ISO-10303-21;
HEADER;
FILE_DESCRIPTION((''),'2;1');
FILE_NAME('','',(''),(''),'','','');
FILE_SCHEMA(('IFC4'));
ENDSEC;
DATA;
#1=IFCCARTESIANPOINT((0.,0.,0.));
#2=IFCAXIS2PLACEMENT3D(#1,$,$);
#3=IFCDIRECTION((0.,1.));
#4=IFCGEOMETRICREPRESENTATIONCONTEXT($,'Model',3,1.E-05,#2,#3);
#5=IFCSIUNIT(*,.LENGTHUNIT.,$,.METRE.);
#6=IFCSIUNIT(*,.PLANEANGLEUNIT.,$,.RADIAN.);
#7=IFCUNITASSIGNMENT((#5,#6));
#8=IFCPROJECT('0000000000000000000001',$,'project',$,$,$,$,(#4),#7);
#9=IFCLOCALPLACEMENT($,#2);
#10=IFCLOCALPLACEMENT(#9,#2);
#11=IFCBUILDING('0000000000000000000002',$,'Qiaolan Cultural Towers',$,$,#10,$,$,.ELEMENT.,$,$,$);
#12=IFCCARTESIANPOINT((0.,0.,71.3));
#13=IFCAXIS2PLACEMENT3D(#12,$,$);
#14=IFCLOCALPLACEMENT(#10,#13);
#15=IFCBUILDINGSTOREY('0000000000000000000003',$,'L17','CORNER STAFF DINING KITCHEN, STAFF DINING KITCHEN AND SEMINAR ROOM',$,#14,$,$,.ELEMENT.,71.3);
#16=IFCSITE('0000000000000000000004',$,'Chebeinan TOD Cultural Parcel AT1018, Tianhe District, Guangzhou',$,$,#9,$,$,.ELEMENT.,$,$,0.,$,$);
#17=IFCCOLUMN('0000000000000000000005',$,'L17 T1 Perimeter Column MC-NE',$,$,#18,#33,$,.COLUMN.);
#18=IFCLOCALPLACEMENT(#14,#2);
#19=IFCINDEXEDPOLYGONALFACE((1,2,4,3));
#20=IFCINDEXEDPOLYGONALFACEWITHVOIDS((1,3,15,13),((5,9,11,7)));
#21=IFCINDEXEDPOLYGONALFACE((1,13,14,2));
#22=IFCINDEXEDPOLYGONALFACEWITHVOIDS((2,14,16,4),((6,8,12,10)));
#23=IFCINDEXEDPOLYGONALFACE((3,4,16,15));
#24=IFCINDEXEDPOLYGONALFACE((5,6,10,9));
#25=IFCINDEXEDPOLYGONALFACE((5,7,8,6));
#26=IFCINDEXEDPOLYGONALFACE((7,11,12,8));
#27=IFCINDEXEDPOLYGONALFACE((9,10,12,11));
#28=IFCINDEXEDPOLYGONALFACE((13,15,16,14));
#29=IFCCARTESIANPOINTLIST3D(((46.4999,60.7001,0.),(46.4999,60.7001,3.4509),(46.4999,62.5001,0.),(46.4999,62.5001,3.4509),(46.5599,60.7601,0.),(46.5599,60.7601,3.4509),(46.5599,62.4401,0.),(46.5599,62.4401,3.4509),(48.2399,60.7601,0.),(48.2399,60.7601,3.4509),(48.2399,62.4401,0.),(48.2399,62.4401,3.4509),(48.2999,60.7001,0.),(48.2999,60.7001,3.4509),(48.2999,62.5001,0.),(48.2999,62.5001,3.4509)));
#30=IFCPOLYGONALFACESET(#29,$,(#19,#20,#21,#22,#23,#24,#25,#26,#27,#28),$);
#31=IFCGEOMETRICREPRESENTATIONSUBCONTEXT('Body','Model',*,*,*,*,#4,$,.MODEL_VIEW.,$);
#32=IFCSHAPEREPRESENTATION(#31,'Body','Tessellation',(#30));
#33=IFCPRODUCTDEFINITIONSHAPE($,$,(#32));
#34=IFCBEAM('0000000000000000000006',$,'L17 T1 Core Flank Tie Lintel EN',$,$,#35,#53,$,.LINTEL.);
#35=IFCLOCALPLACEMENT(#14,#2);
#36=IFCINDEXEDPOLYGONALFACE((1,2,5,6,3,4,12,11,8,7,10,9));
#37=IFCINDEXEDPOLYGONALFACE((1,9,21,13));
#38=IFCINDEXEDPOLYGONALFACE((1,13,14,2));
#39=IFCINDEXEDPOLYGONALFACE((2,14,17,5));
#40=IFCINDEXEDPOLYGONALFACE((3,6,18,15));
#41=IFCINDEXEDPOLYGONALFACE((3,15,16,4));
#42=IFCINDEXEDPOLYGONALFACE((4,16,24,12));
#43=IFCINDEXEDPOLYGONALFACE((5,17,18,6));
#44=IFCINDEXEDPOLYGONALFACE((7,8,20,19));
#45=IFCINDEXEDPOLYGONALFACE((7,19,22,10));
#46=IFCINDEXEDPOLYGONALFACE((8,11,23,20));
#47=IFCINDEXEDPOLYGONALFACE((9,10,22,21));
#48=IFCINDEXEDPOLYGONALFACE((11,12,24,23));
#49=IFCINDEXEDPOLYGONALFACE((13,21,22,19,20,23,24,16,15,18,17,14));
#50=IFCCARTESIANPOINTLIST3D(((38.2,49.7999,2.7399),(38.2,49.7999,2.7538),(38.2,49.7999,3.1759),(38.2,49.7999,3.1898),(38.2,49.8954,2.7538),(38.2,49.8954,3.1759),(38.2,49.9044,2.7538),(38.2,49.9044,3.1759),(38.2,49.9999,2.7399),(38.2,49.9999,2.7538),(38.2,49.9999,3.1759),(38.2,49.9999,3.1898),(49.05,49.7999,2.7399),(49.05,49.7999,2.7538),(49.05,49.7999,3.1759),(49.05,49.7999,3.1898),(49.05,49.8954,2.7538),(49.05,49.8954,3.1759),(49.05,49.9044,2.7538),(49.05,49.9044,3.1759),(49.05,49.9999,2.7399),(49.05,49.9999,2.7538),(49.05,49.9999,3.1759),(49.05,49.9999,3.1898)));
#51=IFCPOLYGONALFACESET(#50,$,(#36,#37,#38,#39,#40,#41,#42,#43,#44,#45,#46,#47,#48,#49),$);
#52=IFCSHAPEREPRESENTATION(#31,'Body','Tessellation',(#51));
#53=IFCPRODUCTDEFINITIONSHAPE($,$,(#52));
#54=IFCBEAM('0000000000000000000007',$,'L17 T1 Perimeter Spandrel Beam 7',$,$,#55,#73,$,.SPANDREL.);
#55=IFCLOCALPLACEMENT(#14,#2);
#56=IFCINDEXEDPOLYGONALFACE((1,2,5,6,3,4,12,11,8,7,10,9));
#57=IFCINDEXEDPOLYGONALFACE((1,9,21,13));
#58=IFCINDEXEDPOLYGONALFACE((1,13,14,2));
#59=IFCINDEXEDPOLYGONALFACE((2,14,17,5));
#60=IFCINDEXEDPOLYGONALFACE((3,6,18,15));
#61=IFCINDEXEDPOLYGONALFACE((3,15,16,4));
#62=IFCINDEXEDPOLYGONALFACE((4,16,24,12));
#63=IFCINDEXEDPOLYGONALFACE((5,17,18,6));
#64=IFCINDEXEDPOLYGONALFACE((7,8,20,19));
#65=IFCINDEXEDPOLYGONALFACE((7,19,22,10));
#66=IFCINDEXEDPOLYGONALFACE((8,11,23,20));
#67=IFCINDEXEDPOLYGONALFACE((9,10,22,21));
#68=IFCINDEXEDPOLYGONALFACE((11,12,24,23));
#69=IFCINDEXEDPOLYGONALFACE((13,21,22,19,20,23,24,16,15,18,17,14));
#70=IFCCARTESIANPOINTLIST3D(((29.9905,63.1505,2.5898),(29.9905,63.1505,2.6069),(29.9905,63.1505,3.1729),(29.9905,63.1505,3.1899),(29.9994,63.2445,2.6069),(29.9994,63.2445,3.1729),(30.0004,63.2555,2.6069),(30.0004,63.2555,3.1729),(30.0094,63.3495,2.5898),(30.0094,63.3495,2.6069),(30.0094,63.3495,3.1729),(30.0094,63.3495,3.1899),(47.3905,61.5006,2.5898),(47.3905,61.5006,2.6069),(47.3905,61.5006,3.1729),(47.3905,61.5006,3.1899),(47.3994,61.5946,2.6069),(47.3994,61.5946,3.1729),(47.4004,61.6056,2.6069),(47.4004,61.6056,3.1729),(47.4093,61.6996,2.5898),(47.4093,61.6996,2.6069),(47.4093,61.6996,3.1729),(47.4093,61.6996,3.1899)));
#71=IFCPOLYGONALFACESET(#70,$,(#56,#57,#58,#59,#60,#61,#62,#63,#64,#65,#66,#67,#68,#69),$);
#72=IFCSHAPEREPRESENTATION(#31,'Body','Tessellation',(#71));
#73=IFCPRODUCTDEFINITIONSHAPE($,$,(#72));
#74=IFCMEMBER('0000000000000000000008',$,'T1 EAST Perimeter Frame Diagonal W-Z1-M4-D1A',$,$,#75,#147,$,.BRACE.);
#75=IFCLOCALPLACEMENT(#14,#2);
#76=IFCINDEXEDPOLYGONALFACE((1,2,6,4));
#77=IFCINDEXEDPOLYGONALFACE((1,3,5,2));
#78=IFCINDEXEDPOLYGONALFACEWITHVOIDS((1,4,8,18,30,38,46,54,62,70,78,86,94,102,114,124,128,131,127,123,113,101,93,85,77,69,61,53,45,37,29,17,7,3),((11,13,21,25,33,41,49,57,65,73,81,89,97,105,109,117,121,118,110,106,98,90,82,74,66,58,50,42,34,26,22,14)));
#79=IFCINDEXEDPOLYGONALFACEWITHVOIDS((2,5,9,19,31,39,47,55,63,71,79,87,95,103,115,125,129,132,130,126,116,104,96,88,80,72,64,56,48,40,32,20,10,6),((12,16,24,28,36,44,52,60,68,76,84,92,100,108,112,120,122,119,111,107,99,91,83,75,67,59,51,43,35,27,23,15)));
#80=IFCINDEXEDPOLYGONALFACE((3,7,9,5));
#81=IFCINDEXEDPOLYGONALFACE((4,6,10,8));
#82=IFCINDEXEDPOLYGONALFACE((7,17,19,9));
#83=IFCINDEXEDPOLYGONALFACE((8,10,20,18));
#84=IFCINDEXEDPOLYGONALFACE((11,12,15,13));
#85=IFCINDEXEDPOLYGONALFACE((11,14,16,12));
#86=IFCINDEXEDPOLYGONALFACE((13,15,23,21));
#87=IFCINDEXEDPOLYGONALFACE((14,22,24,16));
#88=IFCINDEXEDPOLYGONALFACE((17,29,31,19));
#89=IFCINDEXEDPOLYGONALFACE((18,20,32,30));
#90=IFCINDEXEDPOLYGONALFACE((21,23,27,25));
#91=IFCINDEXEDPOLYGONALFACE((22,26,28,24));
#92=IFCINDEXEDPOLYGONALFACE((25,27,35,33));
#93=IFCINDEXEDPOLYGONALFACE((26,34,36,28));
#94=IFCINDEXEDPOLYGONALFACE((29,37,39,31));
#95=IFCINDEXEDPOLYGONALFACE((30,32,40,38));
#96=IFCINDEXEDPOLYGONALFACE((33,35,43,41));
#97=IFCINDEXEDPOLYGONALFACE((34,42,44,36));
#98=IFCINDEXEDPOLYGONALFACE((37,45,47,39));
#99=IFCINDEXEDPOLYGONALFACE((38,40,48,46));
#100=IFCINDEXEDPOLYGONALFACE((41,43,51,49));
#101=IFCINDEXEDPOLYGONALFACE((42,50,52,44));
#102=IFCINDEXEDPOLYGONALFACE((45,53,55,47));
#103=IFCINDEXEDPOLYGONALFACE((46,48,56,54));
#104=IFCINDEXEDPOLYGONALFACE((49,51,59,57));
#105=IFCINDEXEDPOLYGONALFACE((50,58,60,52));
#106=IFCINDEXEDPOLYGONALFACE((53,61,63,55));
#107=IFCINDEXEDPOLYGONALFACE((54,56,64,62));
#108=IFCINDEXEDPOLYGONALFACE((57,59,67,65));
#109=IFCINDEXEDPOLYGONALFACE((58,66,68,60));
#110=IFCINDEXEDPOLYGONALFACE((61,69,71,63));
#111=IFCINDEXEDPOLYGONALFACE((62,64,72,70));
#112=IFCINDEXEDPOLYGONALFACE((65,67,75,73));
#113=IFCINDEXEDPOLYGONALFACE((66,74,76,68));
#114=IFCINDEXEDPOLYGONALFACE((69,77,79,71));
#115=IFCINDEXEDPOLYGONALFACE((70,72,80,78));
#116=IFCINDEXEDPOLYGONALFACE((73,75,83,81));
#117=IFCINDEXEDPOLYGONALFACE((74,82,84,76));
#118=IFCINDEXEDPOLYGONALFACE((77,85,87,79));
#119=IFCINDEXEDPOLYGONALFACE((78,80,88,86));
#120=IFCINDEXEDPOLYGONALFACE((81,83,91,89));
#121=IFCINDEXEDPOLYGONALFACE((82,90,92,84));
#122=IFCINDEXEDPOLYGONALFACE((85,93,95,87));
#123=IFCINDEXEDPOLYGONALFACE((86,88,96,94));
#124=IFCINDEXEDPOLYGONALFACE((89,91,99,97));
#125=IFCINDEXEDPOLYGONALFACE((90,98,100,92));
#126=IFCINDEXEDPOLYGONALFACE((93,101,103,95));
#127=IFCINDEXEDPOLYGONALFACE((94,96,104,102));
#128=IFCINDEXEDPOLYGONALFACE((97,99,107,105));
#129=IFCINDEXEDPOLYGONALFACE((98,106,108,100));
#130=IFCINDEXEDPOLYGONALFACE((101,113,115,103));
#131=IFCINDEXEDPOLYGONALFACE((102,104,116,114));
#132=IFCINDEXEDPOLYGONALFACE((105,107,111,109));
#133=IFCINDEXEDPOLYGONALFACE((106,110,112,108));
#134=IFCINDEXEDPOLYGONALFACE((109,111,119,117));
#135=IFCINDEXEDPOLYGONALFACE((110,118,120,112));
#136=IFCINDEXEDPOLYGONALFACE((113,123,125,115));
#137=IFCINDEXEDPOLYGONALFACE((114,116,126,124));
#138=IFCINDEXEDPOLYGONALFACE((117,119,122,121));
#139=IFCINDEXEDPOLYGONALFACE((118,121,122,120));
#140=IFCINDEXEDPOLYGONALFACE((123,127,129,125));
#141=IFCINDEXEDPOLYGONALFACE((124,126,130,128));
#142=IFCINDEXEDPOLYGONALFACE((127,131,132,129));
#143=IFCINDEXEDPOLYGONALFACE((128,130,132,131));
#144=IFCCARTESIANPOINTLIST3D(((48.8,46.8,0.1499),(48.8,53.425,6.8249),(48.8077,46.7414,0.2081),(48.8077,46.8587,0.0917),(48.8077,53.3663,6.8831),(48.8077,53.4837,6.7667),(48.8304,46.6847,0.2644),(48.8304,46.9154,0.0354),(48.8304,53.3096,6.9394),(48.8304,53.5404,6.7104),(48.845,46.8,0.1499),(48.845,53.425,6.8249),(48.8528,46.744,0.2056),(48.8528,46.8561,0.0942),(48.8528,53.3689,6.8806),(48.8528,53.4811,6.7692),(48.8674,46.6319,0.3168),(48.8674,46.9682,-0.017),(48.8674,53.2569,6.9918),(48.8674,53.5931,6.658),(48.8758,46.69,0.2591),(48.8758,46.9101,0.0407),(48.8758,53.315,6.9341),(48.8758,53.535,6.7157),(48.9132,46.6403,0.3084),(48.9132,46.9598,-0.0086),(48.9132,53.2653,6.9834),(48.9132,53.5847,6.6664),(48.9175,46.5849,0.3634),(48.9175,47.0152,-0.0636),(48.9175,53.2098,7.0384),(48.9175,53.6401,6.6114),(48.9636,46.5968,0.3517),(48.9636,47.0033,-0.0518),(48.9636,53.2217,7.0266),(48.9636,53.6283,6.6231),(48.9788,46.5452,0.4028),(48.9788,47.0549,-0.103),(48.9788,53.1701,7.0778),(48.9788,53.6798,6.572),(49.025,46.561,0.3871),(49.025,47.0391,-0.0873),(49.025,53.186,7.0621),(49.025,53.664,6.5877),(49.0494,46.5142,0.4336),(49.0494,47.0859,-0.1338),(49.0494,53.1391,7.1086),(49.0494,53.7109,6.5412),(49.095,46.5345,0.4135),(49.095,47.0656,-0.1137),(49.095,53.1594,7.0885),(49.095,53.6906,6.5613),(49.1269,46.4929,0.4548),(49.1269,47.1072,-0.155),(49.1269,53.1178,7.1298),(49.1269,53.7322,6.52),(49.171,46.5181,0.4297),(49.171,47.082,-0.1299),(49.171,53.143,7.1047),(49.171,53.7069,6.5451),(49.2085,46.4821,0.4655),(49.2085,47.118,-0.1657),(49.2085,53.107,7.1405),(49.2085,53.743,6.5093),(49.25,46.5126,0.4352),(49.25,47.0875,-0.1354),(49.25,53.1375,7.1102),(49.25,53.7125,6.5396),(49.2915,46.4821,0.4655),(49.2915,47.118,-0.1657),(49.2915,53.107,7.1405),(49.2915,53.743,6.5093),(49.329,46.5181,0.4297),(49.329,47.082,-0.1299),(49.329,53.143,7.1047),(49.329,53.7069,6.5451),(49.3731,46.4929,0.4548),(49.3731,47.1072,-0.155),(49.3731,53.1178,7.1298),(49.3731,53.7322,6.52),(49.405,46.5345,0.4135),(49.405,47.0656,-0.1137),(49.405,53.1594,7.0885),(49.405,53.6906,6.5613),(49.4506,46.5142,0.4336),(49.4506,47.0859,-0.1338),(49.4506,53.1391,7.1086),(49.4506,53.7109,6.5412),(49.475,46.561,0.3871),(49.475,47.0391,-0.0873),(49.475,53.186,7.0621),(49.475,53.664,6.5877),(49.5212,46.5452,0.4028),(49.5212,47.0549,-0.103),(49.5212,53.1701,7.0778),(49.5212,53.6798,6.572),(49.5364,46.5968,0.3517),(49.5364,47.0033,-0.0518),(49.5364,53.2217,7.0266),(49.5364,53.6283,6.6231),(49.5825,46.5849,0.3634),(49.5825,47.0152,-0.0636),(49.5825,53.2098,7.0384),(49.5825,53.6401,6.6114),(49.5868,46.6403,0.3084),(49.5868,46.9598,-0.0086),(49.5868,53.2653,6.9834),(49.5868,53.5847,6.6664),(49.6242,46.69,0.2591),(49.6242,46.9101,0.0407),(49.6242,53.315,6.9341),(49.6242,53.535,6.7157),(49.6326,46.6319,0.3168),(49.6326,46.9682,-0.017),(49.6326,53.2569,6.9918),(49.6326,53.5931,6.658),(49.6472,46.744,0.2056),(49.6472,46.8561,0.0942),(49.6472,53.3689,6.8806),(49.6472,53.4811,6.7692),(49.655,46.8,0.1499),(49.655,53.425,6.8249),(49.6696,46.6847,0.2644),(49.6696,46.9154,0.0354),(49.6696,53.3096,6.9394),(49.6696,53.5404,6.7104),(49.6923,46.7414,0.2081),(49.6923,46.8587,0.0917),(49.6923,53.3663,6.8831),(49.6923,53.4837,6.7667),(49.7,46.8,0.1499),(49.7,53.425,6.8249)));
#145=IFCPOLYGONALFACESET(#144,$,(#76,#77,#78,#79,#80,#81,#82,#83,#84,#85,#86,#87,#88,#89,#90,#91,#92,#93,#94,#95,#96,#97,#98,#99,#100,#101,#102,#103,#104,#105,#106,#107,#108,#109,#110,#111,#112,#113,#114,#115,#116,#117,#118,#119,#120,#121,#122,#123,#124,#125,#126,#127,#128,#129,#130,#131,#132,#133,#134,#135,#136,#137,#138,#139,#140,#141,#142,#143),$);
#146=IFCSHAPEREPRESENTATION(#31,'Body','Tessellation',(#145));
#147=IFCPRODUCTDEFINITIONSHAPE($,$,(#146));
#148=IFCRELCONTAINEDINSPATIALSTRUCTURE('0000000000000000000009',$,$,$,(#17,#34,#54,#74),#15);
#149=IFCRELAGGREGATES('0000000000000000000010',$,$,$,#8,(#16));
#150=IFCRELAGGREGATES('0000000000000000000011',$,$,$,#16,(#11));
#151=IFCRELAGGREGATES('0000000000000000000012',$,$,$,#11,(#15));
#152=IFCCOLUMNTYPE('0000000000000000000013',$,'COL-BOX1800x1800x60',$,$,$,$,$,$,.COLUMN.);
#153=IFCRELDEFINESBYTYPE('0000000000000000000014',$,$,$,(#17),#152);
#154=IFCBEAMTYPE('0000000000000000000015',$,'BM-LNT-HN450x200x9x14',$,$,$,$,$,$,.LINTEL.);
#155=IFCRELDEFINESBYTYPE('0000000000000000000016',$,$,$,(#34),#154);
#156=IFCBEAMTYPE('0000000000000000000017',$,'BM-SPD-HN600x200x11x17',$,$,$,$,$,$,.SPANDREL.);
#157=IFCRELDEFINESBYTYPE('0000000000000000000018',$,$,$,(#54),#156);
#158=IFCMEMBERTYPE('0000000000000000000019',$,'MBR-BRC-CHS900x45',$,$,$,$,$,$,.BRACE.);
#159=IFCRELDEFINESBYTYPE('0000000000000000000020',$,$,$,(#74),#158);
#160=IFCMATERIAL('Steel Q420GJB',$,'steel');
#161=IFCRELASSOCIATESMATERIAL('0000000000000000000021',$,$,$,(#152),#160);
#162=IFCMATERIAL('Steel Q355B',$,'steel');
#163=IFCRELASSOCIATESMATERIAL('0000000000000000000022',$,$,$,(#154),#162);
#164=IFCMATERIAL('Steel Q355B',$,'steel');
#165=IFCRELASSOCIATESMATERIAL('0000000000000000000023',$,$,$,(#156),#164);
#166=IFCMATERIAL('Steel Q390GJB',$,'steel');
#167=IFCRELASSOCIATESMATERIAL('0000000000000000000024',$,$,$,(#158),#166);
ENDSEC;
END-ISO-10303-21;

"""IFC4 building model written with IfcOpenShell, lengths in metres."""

from ifc_helpers import new_model, si_unit, direction, frame, origin, origin_2d, place, context, subcontext, project, spatial, hollow_rectangle, hollow_circle, i_section, extrude, material, material_profile, profile_set, type_object, element, save


model = new_model("IFC4")

# Units and contexts
model_context = context("Model", 3, precision=1e-05, world=origin(), true_north=direction((0.0, 1.0)))
body_context = subcontext(model_context, "Body", "Model", "MODEL_VIEW")
ifc_project = project(units=[si_unit("LENGTHUNIT", "METRE"), si_unit("PLANEANGLEUNIT", "RADIAN")], contexts=[model_context])

# Site, building, storey
site_placement = place(None, origin())
site = spatial("IfcSite", under=ifc_project, at=site_placement, Name="Chebeinan TOD Cultural Parcel AT1018, Tianhe District, Guangzhou", CompositionType="ELEMENT", RefElevation=0.0)
building_placement = place(site_placement, origin())
building = spatial("IfcBuilding", under=site, at=building_placement, Name="Qiaolan Cultural Towers", CompositionType="ELEMENT")
storey_placement = place(building_placement, frame((0.0, 0.0, 71.3)))
storey = spatial("IfcBuildingStorey", under=building, at=storey_placement, Name="L17", Description="CORNER STAFF DINING KITCHEN, STAFF DINING KITCHEN AND SEMINAR ROOM", CompositionType="ELEMENT", Elevation=71.3)

# Column
ifc_material_1 = material(Name="Steel Q420GJB", Category="steel")
ifc_material_profile_1 = material_profile(ifc_material_1, hollow_rectangle(XDim=1.8, YDim=1.8, WallThickness=0.0601, at=origin_2d()), Name="BOX1800x1800x60")
ifc_profile_set_1 = profile_set([ifc_material_profile_1], Name="Steel Q420GJB")
column_type = type_object("IfcColumnType", Name="COL-BOX1800x1800x60", PredefinedType="COLUMN", material=ifc_profile_set_1)
column_placement = place(storey_placement, frame((47.3999, 61.6001, 0.0), z_axis=(0.0, 0.0, 1.0), x_axis=(1.0, 0.0, 0.0)))
element("IfcColumn", 1, at=column_placement, inside=storey, type_object=column_type, Name="L17 T1 Perimeter Column MC-NE", PredefinedType="COLUMN", context=body_context, shape_type="SweptSolid", body=[
    extrude(hollow_rectangle(XDim=1.8, YDim=1.8, WallThickness=0.0601, at=origin_2d()), origin(), (0.0, 0.0, 1.0), 3.4509),
])

# Beams
ifc_material_2 = material(Name="Steel Q355B", Category="steel")
ifc_material_profile_2 = material_profile(ifc_material_2, i_section(OverallWidth=0.2, OverallDepth=0.45, WebThickness=0.009, FlangeThickness=0.0139, at=origin_2d()), Name="HN450x200x9x14")
ifc_profile_set_2 = profile_set([ifc_material_profile_2], Name="Steel Q355B")
beam_type_1 = type_object("IfcBeamType", Name="BM-LNT-HN450x200x9x14", PredefinedType="LINTEL", material=ifc_profile_set_2)
beam_1_placement = place(storey_placement, frame((38.2, 49.8999, 2.9648), z_axis=(1.0, 0.0, 0.0), x_axis=(0.0, 1.0, 0.0)))
element("IfcBeam", 2, at=beam_1_placement, inside=storey, type_object=beam_type_1, Name="L17 T1 Core Flank Tie Lintel EN", PredefinedType="LINTEL", context=body_context, shape_type="SweptSolid", body=[
    extrude(i_section(OverallWidth=0.2, OverallDepth=0.45, WebThickness=0.009, FlangeThickness=0.0139, at=origin_2d()), origin(), (0.0, 0.0, 1.0), 10.8501),
])
ifc_material_3 = material(Name="Steel Q355B", Category="steel")
ifc_material_profile_3 = material_profile(ifc_material_3, i_section(OverallWidth=0.2, OverallDepth=0.6001, WebThickness=0.011, FlangeThickness=0.0171, at=origin_2d()), Name="HN600x200x11x17")
ifc_profile_set_3 = profile_set([ifc_material_profile_3], Name="Steel Q355B")
beam_type_2 = type_object("IfcBeamType", Name="BM-SPD-HN600x200x11x17", PredefinedType="SPANDREL", material=ifc_profile_set_3)
beam_2_placement = place(storey_placement, frame((47.3999, 61.6001, 2.8899), z_axis=(-0.995534, 0.094399, 0.0), x_axis=(-0.094399, -0.995534, 0.0)))
element("IfcBeam", 3, at=beam_2_placement, inside=storey, type_object=beam_type_2, Name="L17 T1 Perimeter Spandrel Beam 7", PredefinedType="SPANDREL", context=body_context, shape_type="SweptSolid", body=[
    extrude(i_section(OverallWidth=0.2, OverallDepth=0.6001, WebThickness=0.011, FlangeThickness=0.0171, at=origin_2d()), origin(), (0.0, 0.0, 1.0), 17.478),
])

# Member
ifc_material_4 = material(Name="Steel Q390GJB", Category="steel")
ifc_material_profile_4 = material_profile(ifc_material_4, hollow_circle(Radius=0.45, WallThickness=0.0449, at=origin_2d()), Name="CHS900x45")
ifc_profile_set_4 = profile_set([ifc_material_profile_4], Name="Steel Q390GJB")
member_type = type_object("IfcMemberType", Name="MBR-BRC-CHS900x45", PredefinedType="BRACE", material=ifc_profile_set_4)
for number, where, z_axis, x_axis, name in (
    (4, (49.25, 46.8, 0.1499), (0.0, 0.704441, 0.709763), (-1.0, 0.0, 0.0), "T1 EAST Perimeter Frame Diagonal W-Z1-M4-D1A"),
):
    element("IfcMember", number, at=place(storey_placement, frame(where, z_axis=z_axis, x_axis=x_axis)), inside=storey, type_object=member_type, Name=name, PredefinedType="BRACE", context=body_context, shape_type="SweptSolid", body=[
        extrude(hollow_circle(Radius=0.45, WallThickness=0.0449, at=origin_2d()), origin(), (0.0, 0.0, 1.0), 9.4045),
    ])

save(model, "model.ifc")
